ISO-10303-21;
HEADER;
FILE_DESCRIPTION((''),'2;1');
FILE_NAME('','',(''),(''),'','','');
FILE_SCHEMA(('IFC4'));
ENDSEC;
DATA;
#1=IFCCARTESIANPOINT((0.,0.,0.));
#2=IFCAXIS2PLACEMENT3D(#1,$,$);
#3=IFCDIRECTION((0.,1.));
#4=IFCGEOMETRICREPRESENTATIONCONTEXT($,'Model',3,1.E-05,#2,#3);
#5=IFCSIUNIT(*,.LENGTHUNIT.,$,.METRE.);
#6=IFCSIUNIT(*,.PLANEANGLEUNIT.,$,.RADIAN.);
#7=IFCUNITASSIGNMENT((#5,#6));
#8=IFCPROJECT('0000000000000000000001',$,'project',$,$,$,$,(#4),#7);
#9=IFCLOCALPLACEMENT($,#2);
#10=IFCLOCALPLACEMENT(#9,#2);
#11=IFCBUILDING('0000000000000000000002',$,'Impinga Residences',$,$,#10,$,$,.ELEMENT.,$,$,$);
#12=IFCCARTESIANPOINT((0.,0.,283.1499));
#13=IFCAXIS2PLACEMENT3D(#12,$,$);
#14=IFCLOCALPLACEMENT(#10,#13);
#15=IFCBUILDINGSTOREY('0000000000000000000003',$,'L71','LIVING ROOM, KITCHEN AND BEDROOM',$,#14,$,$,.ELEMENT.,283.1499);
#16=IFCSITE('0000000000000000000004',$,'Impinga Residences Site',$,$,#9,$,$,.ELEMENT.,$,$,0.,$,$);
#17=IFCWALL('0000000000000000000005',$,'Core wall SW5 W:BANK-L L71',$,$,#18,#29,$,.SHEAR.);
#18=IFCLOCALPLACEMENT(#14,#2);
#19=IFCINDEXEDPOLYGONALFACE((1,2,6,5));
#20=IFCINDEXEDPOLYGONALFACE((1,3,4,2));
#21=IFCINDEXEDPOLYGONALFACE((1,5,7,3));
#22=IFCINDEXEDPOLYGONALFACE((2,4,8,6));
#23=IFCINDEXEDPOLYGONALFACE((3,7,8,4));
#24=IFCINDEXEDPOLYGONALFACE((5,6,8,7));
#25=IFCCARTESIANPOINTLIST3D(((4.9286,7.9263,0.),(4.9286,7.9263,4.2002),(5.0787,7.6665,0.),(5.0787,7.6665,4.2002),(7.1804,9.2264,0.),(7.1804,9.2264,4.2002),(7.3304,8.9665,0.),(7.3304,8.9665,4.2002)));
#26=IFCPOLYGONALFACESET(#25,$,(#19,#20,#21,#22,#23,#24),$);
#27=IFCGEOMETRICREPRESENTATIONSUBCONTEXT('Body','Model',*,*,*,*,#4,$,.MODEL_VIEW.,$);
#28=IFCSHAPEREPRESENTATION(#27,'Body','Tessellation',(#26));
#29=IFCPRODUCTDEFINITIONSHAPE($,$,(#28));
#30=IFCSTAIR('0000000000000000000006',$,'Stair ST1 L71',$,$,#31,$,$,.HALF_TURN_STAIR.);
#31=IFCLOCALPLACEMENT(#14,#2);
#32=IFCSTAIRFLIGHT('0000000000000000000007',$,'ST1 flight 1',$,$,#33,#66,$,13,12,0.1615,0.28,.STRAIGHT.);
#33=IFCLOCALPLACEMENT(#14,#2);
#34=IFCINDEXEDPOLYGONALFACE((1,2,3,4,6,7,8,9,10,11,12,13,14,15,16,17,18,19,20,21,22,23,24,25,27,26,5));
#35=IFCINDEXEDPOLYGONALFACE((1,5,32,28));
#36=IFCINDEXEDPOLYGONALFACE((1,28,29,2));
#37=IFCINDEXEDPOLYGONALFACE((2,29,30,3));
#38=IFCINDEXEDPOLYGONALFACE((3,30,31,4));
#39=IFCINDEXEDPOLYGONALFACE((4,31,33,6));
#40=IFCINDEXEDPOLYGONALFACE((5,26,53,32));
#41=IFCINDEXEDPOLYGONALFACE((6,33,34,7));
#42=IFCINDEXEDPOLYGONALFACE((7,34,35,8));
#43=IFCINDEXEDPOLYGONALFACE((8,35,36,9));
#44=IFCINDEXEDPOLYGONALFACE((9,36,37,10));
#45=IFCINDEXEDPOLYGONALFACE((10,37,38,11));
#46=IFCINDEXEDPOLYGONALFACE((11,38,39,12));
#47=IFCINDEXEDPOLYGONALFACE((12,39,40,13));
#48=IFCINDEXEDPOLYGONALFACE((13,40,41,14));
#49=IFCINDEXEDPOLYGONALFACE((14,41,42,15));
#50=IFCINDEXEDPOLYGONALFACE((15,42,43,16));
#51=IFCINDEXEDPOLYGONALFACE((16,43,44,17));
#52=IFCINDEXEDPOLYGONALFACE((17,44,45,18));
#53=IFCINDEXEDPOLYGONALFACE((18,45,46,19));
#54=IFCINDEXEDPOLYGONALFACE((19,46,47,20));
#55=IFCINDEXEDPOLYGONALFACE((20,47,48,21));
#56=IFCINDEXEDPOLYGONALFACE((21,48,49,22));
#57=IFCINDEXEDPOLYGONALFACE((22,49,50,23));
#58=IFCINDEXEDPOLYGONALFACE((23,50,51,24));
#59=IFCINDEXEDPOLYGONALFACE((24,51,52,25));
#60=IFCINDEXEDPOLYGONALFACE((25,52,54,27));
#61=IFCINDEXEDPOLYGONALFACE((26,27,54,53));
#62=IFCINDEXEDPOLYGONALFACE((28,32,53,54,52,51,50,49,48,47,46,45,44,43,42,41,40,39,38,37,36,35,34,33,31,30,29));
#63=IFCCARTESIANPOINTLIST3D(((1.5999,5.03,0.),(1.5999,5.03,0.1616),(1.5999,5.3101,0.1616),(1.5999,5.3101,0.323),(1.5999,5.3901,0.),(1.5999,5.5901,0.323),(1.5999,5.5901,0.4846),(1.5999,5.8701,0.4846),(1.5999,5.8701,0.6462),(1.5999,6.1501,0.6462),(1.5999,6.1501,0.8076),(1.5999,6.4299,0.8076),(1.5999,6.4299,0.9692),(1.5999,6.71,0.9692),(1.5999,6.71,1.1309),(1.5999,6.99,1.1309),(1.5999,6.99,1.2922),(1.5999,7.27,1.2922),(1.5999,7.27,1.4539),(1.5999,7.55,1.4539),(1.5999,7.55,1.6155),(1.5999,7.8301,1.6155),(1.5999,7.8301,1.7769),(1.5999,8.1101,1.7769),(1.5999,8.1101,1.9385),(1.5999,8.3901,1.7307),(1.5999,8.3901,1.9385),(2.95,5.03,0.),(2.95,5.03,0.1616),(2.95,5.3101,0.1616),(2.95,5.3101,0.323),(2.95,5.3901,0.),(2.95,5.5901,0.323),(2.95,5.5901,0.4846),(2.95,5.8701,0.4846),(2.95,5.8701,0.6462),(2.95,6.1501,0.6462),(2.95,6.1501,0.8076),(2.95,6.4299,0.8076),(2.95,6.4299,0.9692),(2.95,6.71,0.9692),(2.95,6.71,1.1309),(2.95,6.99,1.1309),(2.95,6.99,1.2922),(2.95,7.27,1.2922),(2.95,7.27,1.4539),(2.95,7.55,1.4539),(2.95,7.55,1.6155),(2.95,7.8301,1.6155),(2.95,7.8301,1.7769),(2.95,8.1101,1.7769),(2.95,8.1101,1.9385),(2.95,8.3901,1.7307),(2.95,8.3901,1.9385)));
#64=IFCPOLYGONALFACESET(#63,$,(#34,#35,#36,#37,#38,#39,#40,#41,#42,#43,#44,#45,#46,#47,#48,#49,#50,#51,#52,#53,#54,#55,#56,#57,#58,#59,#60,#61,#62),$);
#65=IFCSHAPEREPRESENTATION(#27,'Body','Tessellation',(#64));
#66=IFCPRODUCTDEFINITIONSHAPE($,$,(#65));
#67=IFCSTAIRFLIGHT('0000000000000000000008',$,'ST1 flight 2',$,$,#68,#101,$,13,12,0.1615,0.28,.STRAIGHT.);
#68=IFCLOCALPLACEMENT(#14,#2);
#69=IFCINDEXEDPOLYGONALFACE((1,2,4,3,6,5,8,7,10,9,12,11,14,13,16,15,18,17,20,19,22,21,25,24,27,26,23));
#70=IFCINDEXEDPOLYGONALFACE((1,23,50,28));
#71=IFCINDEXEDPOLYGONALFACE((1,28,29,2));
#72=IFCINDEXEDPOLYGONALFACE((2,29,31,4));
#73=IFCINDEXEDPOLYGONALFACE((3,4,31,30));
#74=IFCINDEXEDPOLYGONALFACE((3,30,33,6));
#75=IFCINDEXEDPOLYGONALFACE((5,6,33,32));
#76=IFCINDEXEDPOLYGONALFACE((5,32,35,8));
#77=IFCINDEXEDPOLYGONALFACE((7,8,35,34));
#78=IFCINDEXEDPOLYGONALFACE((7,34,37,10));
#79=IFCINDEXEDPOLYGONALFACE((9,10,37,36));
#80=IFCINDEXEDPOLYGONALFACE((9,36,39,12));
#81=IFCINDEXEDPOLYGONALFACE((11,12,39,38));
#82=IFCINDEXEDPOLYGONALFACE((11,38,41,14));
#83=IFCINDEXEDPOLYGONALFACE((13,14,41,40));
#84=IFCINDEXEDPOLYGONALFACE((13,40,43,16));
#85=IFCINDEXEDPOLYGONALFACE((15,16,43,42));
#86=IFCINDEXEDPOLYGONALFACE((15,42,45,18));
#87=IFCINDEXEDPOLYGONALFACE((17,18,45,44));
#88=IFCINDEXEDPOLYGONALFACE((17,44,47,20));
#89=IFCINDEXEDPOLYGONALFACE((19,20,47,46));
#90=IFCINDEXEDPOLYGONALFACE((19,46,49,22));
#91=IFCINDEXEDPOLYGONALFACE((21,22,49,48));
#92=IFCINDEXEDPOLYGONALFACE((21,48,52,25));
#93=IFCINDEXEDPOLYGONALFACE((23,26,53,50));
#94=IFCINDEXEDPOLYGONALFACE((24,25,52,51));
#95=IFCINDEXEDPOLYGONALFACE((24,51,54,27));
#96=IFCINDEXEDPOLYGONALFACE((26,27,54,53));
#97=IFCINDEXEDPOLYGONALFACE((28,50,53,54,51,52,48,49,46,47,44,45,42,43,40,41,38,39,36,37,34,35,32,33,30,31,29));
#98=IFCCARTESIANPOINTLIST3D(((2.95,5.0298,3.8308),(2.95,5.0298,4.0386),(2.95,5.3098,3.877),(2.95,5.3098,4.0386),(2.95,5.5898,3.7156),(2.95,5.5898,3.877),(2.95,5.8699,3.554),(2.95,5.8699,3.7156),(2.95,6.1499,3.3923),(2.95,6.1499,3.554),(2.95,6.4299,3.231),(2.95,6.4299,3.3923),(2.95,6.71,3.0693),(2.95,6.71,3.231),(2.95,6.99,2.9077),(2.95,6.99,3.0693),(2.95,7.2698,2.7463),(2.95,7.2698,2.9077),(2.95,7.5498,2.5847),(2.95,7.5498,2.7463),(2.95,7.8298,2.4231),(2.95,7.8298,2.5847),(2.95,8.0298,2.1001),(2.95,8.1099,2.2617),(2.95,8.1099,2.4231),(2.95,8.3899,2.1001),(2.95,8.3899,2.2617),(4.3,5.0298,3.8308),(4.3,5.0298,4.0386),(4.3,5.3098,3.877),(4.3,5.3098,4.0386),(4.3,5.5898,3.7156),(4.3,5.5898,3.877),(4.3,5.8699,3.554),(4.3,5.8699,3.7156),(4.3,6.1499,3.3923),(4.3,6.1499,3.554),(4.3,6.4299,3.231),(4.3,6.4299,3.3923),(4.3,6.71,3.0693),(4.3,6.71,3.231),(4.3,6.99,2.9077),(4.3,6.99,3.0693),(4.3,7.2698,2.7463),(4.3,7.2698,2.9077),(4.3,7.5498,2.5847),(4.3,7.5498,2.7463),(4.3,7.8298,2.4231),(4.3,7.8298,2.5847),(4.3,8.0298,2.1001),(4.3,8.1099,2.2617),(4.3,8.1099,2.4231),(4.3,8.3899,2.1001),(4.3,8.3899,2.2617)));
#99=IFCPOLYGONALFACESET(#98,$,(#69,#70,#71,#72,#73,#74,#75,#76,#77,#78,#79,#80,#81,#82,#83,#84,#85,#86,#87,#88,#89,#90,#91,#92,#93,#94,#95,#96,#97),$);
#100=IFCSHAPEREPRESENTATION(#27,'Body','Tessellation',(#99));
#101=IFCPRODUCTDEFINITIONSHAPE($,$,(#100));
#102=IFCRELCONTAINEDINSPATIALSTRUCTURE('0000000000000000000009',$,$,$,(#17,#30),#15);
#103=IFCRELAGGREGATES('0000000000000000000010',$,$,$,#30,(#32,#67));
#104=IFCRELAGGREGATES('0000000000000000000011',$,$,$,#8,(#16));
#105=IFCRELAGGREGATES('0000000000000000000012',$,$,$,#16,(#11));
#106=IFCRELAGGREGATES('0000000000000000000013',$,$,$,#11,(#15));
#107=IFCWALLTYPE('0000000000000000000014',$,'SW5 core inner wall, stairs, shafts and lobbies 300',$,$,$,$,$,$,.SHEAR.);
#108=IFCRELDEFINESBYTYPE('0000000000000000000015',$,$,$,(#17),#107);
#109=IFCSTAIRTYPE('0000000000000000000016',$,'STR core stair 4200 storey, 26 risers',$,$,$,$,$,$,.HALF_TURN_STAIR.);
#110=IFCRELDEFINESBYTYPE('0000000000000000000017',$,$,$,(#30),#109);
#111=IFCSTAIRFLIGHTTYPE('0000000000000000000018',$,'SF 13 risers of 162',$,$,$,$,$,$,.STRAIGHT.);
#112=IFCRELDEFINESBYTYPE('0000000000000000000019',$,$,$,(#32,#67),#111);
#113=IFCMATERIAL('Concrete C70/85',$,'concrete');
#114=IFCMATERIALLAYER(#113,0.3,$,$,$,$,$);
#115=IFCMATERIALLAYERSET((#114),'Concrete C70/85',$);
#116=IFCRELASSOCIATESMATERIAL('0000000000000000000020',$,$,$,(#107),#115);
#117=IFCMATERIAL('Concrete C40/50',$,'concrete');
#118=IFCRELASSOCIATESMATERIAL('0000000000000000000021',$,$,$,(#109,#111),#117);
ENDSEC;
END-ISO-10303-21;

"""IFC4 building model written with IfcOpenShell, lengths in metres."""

from ifc_helpers import new_model, si_unit, direction, frame, frame_2d, origin, place, context, subcontext, project, spatial, polyline, rectangle, outline, extrude, material, layer, layer_set, type_object, element, aggregate, save


model = new_model("IFC4")

# Units and contexts
model_context = context("Model", 3, precision=1e-05, world=origin(), true_north=direction((0.0, 1.0)))
body_context = subcontext(model_context, "Body", "Model", "MODEL_VIEW")
ifc_project = project(units=[si_unit("LENGTHUNIT", "METRE"), si_unit("PLANEANGLEUNIT", "RADIAN")], contexts=[model_context])

# Site, building, storey
site_placement = place(None, origin())
site = spatial("IfcSite", under=ifc_project, at=site_placement, Name="Impinga Residences Site", CompositionType="ELEMENT", RefElevation=0.0)
building_placement = place(site_placement, origin())
building = spatial("IfcBuilding", under=site, at=building_placement, Name="Impinga Residences", CompositionType="ELEMENT")
storey_placement = place(building_placement, frame((0.0, 0.0, 283.1499)))
storey = spatial("IfcBuildingStorey", under=building, at=storey_placement, Name="L71", Description="LIVING ROOM, KITCHEN AND BEDROOM", CompositionType="ELEMENT", Elevation=283.1499)

# Shared definitions
ifc_material_1 = material(Name="Concrete C70/85", Category="concrete")
ifc_layer_1 = layer(ifc_material_1, 0.3)
ifc_layer_set_1 = layer_set([ifc_layer_1], Name="Concrete C70/85")
wall_type_1 = type_object("IfcWallType", Name="SW5 core inner wall, stairs, shafts and lobbies 300", PredefinedType="SHEAR", material=ifc_layer_set_1)

# Wall
wall_1_placement = place(storey_placement, frame((5.0037, 7.7964, 0.0), z_axis=(0.0, 0.0, 1.0), x_axis=(0.866021, 0.500007, 0.0)))
element("IfcWall", 1, at=wall_1_placement, inside=storey, type_object=wall_type_1, Name="Core wall SW5 W:BANK-L L71", PredefinedType="SHEAR", context=body_context, shape_type="SweptSolid", body=[
    extrude(rectangle(XDim=2.6001, YDim=0.3, at=frame_2d((1.3, 0.0))), origin(), (0.0, 0.0, 1.0), 4.2002),
])

# Stair, stair flights
ifc_material_2 = material(Name="Concrete C40/50", Category="concrete")
stair_type = type_object("IfcStairType", Name="STR core stair 4200 storey, 26 risers", PredefinedType="HALF_TURN_STAIR", material=ifc_material_2)
stair_placement = place(storey_placement, origin())
stair = element("IfcStair", 2, at=stair_placement, inside=storey, type_object=stair_type, Name="Stair ST1 L71", PredefinedType="HALF_TURN_STAIR")
stair_flight_type = type_object("IfcStairFlightType", Name="SF 13 risers of 162", PredefinedType="STRAIGHT", material=ifc_material_2)
stair_flight_1_placement = place(storey_placement, frame((2.2749, 5.03, 0.0), z_axis=(0.0, 0.0, 1.0), x_axis=(0.0, 1.0, 0.0)))
stair_flight_1 = element("IfcStairFlight", 3, at=stair_flight_1_placement, type_object=stair_flight_type, Name="ST1 flight 1", NumberOfRisers=13, NumberOfTreads=12, PredefinedType="STRAIGHT", RiserHeight=0.1615, TreadLength=0.28, context=body_context, shape_type="SweptSolid", body=[
    extrude(outline(polyline([(0.0, 0.0), (0.0, 0.1616), (0.28, 0.1616), (0.28, 0.323), (0.5601, 0.323), (0.5601, 0.4846), (0.8401, 0.4846), (0.8401, 0.6462), (1.1201, 0.6462), (1.1201, 0.8076), (1.3999, 0.8076), (1.3999, 0.9692), (1.6799, 0.9692), (1.6799, 1.1309), (1.96, 1.1309), (1.96, 1.2922), (2.24, 1.2922), (2.24, 1.4539), (2.52, 1.4539), (2.52, 1.6155), (2.8, 1.6155), (2.8, 1.7769), (3.0801, 1.7769), (3.0801, 1.9385), (3.3601, 1.9385), (3.3601, 2.1001), (3.3601, 1.7307), (0.3601, 0.0), (0.0, 0.0)])), frame((0.0, 0.675, 0.0), z_axis=(0.0, -1.0, 0.0), x_axis=(1.0, 0.0, 0.0)), (0.0, 0.0, 1.0), 1.3501),
])
stair_flight_2_placement = place(storey_placement, frame((3.625, 8.3899, 2.1001), z_axis=(0.0, 0.0, 1.0), x_axis=(0.0, -1.0, 0.0)))
stair_flight_2 = element("IfcStairFlight", 4, at=stair_flight_2_placement, type_object=stair_flight_type, Name="ST1 flight 2", NumberOfRisers=13, NumberOfTreads=12, PredefinedType="STRAIGHT", RiserHeight=0.1615, TreadLength=0.28, context=body_context, shape_type="SweptSolid", body=[
    extrude(outline(polyline([(0.0, 0.0), (0.0, 0.1616), (0.28, 0.1616), (0.28, 0.323), (0.5601, 0.323), (0.5601, 0.4846), (0.8401, 0.4846), (0.8401, 0.6462), (1.1201, 0.6462), (1.1201, 0.8076), (1.3999, 0.8076), (1.3999, 0.9692), (1.6799, 0.9692), (1.6799, 1.1309), (1.96, 1.1309), (1.96, 1.2922), (2.24, 1.2922), (2.24, 1.4539), (2.52, 1.4539), (2.52, 1.6155), (2.8, 1.6155), (2.8, 1.7769), (3.0801, 1.7769), (3.0801, 1.9385), (3.3601, 1.9385), (3.3601, 2.1001), (3.3601, 1.7307), (0.3601, 0.0), (0.0, 0.0)])), frame((0.0, 0.675, 0.0), z_axis=(0.0, -1.0, 0.0), x_axis=(1.0, 0.0, 0.0)), (0.0, 0.0, 1.0), 1.3501),
])
aggregate(stair, [stair_flight_1, stair_flight_2])

save(model, "model.ifc")
